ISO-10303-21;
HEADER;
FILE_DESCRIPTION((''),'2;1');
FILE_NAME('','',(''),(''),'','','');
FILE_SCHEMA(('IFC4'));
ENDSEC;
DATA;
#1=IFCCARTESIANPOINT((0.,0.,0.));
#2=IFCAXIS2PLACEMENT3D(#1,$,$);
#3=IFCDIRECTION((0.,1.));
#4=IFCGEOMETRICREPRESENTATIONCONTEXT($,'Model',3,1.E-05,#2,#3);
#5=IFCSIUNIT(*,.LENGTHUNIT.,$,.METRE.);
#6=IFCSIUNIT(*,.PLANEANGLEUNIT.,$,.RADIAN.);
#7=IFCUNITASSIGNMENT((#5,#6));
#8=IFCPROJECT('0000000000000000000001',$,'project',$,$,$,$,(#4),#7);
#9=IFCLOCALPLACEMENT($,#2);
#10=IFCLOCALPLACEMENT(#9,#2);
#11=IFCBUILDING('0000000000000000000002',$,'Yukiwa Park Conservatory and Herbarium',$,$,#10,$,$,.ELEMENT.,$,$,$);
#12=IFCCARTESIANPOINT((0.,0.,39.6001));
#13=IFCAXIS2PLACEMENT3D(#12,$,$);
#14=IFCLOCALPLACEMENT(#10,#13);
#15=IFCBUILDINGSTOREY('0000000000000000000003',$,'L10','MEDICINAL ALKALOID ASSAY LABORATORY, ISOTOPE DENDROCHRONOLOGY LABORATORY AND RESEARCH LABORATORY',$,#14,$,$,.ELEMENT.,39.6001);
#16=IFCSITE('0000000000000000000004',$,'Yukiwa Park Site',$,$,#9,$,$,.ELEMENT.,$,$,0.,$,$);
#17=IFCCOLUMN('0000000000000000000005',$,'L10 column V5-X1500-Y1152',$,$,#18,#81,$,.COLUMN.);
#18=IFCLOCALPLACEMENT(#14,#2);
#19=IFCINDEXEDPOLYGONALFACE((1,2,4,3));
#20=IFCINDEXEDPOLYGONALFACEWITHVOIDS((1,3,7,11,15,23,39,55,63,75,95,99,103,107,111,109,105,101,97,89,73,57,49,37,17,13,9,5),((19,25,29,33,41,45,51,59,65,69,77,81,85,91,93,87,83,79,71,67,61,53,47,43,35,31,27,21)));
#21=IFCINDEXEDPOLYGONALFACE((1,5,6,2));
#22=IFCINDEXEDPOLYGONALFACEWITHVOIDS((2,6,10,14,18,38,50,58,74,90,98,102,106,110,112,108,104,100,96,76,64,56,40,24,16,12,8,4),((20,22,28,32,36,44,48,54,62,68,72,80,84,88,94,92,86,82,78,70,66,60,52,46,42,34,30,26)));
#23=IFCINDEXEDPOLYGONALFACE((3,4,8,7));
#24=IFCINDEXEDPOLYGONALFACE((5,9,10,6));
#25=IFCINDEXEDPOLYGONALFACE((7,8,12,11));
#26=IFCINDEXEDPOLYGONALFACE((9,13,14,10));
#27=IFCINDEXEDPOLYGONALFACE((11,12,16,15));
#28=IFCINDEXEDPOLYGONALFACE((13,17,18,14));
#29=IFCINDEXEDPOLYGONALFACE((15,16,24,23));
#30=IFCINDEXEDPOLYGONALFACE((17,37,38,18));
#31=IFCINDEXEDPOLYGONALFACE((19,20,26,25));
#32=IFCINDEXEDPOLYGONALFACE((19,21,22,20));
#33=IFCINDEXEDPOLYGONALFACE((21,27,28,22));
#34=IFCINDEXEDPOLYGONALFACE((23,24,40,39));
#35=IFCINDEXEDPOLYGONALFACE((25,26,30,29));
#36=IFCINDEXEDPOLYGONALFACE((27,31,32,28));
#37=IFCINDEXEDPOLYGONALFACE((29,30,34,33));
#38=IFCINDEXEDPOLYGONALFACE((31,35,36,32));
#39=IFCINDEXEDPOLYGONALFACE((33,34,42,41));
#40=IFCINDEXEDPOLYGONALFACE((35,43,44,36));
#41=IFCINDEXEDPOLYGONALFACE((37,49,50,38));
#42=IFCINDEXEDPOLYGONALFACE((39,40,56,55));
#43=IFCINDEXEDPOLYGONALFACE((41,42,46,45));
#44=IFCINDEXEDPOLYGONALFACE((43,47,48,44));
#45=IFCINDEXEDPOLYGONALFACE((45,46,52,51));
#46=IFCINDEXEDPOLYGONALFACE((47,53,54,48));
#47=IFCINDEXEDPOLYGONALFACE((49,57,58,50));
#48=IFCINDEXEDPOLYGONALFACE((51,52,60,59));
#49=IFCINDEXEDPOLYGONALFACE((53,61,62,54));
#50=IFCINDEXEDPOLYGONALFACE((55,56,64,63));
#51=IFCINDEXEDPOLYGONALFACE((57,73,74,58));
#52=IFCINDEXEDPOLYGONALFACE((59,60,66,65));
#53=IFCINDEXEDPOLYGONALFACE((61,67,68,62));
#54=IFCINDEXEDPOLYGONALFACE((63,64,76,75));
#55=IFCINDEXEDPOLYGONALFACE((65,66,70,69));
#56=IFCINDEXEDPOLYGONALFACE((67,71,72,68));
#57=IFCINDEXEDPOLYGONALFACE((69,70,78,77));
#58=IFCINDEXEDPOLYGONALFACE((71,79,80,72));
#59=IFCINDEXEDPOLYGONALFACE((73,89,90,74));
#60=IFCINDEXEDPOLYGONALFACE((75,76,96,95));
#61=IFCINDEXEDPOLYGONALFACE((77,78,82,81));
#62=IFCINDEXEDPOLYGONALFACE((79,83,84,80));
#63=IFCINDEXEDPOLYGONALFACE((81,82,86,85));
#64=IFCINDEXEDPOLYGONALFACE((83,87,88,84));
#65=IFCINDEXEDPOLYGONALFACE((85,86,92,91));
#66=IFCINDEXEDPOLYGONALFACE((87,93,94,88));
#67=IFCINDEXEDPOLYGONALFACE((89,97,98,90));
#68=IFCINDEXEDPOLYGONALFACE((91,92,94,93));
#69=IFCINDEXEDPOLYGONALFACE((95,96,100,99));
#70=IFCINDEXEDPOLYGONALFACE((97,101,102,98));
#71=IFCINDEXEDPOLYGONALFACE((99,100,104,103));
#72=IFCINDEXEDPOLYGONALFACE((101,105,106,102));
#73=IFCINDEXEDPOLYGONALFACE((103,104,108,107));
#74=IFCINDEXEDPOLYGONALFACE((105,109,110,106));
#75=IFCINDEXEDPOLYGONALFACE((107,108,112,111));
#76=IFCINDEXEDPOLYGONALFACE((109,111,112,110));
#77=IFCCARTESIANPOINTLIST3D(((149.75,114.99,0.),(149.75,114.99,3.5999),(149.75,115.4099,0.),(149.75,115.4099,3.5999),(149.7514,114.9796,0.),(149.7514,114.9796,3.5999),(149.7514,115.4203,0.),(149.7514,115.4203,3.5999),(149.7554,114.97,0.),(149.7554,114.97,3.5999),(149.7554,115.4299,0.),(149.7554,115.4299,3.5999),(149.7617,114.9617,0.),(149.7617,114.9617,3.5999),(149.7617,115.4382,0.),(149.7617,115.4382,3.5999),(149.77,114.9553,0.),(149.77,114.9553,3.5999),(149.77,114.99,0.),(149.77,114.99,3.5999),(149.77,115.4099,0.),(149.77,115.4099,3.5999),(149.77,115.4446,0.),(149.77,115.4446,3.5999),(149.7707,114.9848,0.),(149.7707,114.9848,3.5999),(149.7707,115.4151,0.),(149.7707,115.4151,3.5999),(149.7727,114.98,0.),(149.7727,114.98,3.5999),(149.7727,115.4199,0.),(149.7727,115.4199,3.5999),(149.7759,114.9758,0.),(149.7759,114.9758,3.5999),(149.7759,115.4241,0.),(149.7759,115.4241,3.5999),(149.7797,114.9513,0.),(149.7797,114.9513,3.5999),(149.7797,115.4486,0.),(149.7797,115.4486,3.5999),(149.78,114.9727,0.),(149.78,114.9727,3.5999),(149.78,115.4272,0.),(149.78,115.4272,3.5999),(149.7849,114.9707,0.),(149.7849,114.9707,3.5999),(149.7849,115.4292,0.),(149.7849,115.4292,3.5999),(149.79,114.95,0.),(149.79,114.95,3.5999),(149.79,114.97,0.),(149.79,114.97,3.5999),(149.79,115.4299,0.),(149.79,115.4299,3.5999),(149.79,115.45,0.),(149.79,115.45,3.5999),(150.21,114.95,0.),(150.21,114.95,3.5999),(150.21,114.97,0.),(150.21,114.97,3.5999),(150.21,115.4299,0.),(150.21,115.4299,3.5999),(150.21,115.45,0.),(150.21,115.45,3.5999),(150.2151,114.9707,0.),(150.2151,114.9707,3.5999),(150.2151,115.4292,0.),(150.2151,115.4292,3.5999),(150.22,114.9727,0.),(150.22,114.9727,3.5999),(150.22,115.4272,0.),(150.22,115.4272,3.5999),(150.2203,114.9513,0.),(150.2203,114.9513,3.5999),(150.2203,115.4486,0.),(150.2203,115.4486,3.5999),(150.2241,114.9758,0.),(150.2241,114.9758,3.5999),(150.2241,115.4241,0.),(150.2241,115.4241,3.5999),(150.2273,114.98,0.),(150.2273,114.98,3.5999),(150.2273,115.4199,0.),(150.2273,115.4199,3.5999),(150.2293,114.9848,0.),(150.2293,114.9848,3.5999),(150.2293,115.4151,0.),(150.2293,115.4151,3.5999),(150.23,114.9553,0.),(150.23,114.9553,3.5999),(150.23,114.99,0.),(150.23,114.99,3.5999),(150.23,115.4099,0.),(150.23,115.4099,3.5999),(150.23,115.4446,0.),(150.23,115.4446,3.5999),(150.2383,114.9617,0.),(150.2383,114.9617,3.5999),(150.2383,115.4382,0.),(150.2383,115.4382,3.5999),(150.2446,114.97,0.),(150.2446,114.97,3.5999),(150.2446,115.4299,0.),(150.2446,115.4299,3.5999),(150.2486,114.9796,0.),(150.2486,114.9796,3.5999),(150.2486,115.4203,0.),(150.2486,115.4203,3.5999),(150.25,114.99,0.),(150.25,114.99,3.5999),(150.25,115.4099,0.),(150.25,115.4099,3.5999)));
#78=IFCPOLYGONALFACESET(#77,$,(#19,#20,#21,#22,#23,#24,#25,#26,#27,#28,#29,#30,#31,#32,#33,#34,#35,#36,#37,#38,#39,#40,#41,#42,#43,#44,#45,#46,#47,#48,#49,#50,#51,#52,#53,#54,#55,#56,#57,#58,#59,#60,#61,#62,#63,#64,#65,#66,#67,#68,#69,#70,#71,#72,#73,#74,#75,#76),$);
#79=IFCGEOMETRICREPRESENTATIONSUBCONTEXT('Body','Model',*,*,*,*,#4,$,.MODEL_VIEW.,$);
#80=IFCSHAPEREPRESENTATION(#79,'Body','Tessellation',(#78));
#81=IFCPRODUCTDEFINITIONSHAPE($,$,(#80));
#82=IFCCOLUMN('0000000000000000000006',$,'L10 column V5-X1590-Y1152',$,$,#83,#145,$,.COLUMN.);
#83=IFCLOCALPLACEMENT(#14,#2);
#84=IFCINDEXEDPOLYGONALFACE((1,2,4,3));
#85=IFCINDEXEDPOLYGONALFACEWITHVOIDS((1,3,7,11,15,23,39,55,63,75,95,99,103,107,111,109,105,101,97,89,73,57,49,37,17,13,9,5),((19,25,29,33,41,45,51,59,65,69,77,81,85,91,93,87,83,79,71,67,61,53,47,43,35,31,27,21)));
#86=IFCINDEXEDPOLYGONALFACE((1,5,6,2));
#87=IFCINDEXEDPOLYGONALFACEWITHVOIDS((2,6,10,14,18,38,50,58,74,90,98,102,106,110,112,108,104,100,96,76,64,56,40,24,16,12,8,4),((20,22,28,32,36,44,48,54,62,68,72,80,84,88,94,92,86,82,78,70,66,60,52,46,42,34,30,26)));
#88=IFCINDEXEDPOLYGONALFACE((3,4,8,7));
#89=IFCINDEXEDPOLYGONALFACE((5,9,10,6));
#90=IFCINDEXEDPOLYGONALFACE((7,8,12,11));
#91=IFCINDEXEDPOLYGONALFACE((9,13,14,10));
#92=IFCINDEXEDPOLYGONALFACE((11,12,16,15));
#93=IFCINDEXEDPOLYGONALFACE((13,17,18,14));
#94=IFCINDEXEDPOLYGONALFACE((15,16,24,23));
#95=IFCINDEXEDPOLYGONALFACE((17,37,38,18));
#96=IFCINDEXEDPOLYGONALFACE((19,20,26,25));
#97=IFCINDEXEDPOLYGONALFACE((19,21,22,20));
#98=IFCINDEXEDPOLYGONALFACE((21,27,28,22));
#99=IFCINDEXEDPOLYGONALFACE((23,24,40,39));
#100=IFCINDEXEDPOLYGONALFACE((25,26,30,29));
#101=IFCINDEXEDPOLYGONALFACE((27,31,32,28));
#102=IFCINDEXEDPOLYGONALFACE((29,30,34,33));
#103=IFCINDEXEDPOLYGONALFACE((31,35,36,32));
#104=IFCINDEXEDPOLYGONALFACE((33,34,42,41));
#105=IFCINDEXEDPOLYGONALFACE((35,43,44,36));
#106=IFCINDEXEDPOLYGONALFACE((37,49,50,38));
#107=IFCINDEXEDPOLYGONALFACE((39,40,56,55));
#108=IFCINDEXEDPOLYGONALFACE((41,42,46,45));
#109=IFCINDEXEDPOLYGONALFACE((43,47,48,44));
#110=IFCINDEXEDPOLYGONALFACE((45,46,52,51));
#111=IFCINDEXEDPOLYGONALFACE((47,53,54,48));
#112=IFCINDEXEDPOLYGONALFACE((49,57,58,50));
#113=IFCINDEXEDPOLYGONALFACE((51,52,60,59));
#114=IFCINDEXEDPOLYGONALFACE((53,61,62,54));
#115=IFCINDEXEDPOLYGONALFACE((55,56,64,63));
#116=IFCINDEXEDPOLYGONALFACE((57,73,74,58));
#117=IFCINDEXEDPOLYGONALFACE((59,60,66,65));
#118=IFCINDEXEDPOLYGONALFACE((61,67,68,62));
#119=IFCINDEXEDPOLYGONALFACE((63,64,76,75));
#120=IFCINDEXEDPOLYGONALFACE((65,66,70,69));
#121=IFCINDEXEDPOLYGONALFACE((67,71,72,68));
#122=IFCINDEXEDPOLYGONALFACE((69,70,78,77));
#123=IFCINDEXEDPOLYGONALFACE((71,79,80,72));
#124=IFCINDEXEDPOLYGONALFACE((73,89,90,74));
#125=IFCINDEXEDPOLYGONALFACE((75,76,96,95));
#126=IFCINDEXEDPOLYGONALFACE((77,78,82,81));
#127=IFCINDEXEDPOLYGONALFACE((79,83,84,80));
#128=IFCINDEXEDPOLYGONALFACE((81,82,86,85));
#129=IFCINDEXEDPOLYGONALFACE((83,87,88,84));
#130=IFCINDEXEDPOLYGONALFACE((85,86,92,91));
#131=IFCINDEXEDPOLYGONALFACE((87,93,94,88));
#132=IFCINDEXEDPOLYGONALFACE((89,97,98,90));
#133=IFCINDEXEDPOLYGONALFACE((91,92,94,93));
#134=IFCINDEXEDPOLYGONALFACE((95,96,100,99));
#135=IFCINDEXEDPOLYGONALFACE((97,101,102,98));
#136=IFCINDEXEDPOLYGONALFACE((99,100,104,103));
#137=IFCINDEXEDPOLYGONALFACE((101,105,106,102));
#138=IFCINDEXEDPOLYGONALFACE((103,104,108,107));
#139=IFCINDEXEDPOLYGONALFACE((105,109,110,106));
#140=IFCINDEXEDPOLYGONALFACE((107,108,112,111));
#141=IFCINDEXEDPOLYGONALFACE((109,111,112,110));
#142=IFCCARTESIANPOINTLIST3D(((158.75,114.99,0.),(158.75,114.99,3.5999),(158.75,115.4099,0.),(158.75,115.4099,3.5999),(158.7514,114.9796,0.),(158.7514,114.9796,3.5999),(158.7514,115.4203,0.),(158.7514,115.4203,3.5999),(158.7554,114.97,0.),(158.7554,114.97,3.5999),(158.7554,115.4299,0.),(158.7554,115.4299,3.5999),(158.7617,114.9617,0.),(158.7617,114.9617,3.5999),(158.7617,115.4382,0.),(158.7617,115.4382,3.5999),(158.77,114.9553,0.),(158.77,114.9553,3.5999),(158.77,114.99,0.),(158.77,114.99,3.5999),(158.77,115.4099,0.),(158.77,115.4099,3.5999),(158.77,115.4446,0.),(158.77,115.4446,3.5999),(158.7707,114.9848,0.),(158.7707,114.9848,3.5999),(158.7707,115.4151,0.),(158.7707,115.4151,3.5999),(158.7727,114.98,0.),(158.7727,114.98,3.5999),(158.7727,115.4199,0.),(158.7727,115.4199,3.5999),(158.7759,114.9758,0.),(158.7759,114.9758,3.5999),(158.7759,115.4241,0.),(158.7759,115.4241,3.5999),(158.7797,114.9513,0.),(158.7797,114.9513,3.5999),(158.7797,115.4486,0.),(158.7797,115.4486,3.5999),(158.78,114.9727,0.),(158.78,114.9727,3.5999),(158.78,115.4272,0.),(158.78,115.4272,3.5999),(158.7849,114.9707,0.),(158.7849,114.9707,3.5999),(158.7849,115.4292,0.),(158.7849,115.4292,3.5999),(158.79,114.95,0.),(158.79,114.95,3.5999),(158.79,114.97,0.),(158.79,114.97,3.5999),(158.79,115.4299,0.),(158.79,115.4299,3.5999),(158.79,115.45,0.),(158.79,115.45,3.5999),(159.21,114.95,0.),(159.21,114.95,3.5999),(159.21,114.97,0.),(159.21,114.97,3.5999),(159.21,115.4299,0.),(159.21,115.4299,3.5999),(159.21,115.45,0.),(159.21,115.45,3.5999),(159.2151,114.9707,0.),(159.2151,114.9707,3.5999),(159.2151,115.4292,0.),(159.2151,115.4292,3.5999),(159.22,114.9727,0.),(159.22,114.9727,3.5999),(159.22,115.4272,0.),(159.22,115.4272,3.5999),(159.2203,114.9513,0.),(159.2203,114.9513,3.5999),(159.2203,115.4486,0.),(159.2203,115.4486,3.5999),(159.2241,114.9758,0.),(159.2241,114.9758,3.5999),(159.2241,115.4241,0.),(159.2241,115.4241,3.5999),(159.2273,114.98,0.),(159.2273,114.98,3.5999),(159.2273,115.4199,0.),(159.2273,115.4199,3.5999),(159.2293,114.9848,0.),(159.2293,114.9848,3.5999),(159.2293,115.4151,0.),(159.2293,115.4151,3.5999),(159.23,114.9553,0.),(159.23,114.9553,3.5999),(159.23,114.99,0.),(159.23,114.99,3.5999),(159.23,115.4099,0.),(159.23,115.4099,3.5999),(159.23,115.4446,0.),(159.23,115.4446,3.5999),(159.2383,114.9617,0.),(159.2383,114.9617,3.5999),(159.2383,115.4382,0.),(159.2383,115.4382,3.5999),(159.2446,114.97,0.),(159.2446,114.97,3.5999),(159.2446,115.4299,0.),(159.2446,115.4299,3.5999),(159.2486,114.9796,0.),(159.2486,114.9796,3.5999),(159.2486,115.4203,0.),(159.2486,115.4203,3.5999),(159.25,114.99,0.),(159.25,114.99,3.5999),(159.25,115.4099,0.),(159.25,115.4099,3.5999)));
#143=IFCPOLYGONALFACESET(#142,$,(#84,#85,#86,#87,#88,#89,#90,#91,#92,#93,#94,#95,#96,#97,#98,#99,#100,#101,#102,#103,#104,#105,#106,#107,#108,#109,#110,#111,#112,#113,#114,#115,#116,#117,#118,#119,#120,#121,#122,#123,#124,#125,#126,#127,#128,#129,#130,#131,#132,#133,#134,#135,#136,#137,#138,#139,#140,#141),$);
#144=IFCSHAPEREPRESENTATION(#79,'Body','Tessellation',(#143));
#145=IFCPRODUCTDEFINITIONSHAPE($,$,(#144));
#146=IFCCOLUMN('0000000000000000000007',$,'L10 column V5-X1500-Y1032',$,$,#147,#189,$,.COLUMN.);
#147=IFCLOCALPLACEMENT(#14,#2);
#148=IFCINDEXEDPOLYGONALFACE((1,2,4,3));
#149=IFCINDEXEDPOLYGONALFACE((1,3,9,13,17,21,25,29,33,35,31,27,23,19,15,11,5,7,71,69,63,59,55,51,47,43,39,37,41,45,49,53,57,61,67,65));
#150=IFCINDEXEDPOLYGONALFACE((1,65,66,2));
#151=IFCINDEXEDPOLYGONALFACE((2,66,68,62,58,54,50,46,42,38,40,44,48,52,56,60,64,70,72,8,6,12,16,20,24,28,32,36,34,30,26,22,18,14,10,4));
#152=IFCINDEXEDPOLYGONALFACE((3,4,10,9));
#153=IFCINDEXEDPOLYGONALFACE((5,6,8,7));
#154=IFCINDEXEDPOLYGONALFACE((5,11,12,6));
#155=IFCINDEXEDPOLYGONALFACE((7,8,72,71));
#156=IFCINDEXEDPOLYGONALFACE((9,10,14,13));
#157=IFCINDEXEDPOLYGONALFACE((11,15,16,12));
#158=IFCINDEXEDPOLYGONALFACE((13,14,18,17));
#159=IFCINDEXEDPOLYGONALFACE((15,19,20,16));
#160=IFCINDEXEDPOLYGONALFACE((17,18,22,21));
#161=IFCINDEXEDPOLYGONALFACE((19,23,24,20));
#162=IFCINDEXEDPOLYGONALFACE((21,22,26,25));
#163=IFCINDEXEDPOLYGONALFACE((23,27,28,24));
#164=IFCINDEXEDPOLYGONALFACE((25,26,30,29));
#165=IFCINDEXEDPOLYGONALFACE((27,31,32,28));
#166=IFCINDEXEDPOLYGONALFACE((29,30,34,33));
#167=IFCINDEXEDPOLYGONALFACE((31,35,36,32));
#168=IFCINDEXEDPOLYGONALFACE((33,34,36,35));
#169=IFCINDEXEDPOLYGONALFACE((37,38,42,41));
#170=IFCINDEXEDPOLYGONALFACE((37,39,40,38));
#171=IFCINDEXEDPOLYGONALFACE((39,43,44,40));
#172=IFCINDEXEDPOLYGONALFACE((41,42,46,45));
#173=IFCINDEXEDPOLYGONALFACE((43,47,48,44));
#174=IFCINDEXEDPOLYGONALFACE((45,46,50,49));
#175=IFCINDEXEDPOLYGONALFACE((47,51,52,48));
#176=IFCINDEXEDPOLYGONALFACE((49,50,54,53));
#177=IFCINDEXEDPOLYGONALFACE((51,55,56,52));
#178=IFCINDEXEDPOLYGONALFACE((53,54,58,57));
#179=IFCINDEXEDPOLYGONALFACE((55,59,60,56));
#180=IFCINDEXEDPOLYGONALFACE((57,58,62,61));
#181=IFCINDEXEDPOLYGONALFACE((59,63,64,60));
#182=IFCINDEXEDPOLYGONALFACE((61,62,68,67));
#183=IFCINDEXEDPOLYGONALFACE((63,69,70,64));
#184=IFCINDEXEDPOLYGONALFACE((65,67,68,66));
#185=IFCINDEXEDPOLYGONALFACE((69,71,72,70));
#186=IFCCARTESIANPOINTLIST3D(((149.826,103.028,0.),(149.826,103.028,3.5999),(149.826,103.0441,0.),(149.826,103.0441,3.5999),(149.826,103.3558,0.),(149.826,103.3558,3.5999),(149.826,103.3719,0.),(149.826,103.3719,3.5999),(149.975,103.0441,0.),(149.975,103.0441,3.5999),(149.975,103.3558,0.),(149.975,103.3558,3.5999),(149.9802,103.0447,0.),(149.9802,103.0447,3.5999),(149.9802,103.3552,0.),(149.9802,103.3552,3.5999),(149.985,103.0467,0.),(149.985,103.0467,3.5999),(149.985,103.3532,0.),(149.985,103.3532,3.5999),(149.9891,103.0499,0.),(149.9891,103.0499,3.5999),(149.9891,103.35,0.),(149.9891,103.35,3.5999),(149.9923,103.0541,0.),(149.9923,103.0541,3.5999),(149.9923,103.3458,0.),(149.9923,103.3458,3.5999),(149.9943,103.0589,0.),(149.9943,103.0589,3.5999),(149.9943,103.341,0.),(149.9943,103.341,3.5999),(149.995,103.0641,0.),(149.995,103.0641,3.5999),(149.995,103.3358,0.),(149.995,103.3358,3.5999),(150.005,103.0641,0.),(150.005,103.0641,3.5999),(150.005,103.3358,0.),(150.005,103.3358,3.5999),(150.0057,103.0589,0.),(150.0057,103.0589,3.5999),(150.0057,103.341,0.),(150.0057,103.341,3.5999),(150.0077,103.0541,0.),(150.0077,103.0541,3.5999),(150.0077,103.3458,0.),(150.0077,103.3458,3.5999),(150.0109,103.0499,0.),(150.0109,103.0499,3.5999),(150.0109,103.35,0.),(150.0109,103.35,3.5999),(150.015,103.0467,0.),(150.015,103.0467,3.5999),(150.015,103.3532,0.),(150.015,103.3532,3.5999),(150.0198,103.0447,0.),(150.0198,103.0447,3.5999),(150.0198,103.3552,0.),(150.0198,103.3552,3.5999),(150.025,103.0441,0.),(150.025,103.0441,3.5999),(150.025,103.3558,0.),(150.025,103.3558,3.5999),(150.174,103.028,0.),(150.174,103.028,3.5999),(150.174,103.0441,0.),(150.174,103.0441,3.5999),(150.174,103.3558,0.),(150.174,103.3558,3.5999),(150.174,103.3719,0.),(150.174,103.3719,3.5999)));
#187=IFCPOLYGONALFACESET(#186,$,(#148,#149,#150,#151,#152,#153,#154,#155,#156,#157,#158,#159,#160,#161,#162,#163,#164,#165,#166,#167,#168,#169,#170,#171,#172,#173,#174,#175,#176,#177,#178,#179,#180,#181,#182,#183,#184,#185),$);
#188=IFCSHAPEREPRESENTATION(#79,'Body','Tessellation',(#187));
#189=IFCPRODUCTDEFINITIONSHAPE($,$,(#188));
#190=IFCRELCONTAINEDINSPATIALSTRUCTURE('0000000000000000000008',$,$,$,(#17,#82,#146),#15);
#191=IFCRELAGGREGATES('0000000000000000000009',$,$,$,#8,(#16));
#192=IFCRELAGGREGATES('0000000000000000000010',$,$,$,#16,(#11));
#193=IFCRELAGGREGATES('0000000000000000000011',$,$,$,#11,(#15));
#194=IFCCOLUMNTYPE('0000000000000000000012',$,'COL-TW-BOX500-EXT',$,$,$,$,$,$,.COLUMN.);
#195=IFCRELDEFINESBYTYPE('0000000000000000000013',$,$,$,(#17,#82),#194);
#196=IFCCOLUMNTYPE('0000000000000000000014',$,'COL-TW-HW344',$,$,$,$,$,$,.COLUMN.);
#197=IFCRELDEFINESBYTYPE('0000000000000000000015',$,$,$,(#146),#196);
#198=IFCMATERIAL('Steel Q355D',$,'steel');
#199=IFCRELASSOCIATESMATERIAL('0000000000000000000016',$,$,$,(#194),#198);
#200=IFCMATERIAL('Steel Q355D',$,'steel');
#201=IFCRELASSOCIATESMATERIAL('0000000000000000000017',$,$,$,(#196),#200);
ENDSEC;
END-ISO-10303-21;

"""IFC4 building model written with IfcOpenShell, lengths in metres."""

from ifc_helpers import new_model, si_unit, direction, frame, origin, origin_2d, place, context, subcontext, project, spatial, hollow_rectangle, i_section, extrude, material, material_profile, profile_set, type_object, element, save


model = new_model("IFC4")

# Units and contexts
model_context = context("Model", 3, precision=1e-05, world=origin(), true_north=direction((0.0, 1.0)))
body_context = subcontext(model_context, "Body", "Model", "MODEL_VIEW")
ifc_project = project(units=[si_unit("LENGTHUNIT", "METRE"), si_unit("PLANEANGLEUNIT", "RADIAN")], contexts=[model_context])

# Site, building, storey
site_placement = place(None, origin())
site = spatial("IfcSite", under=ifc_project, at=site_placement, Name="Yukiwa Park Site", CompositionType="ELEMENT", RefElevation=0.0)
building_placement = place(site_placement, origin())
building = spatial("IfcBuilding", under=site, at=building_placement, Name="Yukiwa Park Conservatory and Herbarium", CompositionType="ELEMENT")
storey_placement = place(building_placement, frame((0.0, 0.0, 39.6001)))
storey = spatial("IfcBuildingStorey", under=building, at=storey_placement, Name="L10", Description="MEDICINAL ALKALOID ASSAY LABORATORY, ISOTOPE DENDROCHRONOLOGY LABORATORY AND RESEARCH LABORATORY", CompositionType="ELEMENT", Elevation=39.6001)

# Columns
ifc_material_1 = material(Name="Steel Q355D", Category="steel")
ifc_material_profile_1 = material_profile(ifc_material_1, hollow_rectangle(XDim=0.5, YDim=0.5, WallThickness=0.02, InnerFilletRadius=0.02, OuterFilletRadius=0.04, at=origin_2d()), Name="BOX 500x500x20")
ifc_profile_set_1 = profile_set([ifc_material_profile_1], Name="Steel Q355D")
column_type_1 = type_object("IfcColumnType", Name="COL-TW-BOX500-EXT", PredefinedType="COLUMN", material=ifc_profile_set_1)
for number, where, z_axis, x_axis, name in (
    (1, (150.0, 115.2, 0.0), (0.0, 0.0, 1.0), (1.0, 0.0, 0.0), "L10 column V5-X1500-Y1152"),
    (2, (159.0, 115.2, 0.0), (0.0, 0.0, 1.0), (1.0, 0.0, 0.0), "L10 column V5-X1590-Y1152"),
):
    element("IfcColumn", number, at=place(storey_placement, frame(where, z_axis=z_axis, x_axis=x_axis)), inside=storey, type_object=column_type_1, Name=name, PredefinedType="COLUMN", context=body_context, shape_type="SweptSolid", body=[
        extrude(hollow_rectangle(XDim=0.5, YDim=0.5, WallThickness=0.02, InnerFilletRadius=0.02, OuterFilletRadius=0.04, at=origin_2d()), origin(), (0.0, 0.0, 1.0), 3.5999),
    ])
ifc_material_2 = material(Name="Steel Q355D", Category="steel")
ifc_material_profile_2 = material_profile(ifc_material_2, i_section(OverallWidth=0.3479, OverallDepth=0.344, WebThickness=0.01, FlangeThickness=0.0161, FilletRadius=0.02, at=origin_2d()), Name="HW 344x348x10x16")
ifc_profile_set_2 = profile_set([ifc_material_profile_2], Name="Steel Q355D")
column_type_2 = type_object("IfcColumnType", Name="COL-TW-HW344", PredefinedType="COLUMN", material=ifc_profile_set_2)
for number, where, z_axis, x_axis, name in (
    (3, (150.0, 103.2, 0.0), (0.0, 0.0, 1.0), (1.0, 0.0, 0.0), "L10 column V5-X1500-Y1032"),
):
    element("IfcColumn", number, at=place(storey_placement, frame(where, z_axis=z_axis, x_axis=x_axis)), inside=storey, type_object=column_type_2, Name=name, PredefinedType="COLUMN", context=body_context, shape_type="SweptSolid", body=[
        extrude(i_section(OverallWidth=0.3479, OverallDepth=0.344, WebThickness=0.01, FlangeThickness=0.0161, FilletRadius=0.02, at=origin_2d()), origin(), (0.0, 0.0, 1.0), 3.5999),
    ])

save(model, "model.ifc")
